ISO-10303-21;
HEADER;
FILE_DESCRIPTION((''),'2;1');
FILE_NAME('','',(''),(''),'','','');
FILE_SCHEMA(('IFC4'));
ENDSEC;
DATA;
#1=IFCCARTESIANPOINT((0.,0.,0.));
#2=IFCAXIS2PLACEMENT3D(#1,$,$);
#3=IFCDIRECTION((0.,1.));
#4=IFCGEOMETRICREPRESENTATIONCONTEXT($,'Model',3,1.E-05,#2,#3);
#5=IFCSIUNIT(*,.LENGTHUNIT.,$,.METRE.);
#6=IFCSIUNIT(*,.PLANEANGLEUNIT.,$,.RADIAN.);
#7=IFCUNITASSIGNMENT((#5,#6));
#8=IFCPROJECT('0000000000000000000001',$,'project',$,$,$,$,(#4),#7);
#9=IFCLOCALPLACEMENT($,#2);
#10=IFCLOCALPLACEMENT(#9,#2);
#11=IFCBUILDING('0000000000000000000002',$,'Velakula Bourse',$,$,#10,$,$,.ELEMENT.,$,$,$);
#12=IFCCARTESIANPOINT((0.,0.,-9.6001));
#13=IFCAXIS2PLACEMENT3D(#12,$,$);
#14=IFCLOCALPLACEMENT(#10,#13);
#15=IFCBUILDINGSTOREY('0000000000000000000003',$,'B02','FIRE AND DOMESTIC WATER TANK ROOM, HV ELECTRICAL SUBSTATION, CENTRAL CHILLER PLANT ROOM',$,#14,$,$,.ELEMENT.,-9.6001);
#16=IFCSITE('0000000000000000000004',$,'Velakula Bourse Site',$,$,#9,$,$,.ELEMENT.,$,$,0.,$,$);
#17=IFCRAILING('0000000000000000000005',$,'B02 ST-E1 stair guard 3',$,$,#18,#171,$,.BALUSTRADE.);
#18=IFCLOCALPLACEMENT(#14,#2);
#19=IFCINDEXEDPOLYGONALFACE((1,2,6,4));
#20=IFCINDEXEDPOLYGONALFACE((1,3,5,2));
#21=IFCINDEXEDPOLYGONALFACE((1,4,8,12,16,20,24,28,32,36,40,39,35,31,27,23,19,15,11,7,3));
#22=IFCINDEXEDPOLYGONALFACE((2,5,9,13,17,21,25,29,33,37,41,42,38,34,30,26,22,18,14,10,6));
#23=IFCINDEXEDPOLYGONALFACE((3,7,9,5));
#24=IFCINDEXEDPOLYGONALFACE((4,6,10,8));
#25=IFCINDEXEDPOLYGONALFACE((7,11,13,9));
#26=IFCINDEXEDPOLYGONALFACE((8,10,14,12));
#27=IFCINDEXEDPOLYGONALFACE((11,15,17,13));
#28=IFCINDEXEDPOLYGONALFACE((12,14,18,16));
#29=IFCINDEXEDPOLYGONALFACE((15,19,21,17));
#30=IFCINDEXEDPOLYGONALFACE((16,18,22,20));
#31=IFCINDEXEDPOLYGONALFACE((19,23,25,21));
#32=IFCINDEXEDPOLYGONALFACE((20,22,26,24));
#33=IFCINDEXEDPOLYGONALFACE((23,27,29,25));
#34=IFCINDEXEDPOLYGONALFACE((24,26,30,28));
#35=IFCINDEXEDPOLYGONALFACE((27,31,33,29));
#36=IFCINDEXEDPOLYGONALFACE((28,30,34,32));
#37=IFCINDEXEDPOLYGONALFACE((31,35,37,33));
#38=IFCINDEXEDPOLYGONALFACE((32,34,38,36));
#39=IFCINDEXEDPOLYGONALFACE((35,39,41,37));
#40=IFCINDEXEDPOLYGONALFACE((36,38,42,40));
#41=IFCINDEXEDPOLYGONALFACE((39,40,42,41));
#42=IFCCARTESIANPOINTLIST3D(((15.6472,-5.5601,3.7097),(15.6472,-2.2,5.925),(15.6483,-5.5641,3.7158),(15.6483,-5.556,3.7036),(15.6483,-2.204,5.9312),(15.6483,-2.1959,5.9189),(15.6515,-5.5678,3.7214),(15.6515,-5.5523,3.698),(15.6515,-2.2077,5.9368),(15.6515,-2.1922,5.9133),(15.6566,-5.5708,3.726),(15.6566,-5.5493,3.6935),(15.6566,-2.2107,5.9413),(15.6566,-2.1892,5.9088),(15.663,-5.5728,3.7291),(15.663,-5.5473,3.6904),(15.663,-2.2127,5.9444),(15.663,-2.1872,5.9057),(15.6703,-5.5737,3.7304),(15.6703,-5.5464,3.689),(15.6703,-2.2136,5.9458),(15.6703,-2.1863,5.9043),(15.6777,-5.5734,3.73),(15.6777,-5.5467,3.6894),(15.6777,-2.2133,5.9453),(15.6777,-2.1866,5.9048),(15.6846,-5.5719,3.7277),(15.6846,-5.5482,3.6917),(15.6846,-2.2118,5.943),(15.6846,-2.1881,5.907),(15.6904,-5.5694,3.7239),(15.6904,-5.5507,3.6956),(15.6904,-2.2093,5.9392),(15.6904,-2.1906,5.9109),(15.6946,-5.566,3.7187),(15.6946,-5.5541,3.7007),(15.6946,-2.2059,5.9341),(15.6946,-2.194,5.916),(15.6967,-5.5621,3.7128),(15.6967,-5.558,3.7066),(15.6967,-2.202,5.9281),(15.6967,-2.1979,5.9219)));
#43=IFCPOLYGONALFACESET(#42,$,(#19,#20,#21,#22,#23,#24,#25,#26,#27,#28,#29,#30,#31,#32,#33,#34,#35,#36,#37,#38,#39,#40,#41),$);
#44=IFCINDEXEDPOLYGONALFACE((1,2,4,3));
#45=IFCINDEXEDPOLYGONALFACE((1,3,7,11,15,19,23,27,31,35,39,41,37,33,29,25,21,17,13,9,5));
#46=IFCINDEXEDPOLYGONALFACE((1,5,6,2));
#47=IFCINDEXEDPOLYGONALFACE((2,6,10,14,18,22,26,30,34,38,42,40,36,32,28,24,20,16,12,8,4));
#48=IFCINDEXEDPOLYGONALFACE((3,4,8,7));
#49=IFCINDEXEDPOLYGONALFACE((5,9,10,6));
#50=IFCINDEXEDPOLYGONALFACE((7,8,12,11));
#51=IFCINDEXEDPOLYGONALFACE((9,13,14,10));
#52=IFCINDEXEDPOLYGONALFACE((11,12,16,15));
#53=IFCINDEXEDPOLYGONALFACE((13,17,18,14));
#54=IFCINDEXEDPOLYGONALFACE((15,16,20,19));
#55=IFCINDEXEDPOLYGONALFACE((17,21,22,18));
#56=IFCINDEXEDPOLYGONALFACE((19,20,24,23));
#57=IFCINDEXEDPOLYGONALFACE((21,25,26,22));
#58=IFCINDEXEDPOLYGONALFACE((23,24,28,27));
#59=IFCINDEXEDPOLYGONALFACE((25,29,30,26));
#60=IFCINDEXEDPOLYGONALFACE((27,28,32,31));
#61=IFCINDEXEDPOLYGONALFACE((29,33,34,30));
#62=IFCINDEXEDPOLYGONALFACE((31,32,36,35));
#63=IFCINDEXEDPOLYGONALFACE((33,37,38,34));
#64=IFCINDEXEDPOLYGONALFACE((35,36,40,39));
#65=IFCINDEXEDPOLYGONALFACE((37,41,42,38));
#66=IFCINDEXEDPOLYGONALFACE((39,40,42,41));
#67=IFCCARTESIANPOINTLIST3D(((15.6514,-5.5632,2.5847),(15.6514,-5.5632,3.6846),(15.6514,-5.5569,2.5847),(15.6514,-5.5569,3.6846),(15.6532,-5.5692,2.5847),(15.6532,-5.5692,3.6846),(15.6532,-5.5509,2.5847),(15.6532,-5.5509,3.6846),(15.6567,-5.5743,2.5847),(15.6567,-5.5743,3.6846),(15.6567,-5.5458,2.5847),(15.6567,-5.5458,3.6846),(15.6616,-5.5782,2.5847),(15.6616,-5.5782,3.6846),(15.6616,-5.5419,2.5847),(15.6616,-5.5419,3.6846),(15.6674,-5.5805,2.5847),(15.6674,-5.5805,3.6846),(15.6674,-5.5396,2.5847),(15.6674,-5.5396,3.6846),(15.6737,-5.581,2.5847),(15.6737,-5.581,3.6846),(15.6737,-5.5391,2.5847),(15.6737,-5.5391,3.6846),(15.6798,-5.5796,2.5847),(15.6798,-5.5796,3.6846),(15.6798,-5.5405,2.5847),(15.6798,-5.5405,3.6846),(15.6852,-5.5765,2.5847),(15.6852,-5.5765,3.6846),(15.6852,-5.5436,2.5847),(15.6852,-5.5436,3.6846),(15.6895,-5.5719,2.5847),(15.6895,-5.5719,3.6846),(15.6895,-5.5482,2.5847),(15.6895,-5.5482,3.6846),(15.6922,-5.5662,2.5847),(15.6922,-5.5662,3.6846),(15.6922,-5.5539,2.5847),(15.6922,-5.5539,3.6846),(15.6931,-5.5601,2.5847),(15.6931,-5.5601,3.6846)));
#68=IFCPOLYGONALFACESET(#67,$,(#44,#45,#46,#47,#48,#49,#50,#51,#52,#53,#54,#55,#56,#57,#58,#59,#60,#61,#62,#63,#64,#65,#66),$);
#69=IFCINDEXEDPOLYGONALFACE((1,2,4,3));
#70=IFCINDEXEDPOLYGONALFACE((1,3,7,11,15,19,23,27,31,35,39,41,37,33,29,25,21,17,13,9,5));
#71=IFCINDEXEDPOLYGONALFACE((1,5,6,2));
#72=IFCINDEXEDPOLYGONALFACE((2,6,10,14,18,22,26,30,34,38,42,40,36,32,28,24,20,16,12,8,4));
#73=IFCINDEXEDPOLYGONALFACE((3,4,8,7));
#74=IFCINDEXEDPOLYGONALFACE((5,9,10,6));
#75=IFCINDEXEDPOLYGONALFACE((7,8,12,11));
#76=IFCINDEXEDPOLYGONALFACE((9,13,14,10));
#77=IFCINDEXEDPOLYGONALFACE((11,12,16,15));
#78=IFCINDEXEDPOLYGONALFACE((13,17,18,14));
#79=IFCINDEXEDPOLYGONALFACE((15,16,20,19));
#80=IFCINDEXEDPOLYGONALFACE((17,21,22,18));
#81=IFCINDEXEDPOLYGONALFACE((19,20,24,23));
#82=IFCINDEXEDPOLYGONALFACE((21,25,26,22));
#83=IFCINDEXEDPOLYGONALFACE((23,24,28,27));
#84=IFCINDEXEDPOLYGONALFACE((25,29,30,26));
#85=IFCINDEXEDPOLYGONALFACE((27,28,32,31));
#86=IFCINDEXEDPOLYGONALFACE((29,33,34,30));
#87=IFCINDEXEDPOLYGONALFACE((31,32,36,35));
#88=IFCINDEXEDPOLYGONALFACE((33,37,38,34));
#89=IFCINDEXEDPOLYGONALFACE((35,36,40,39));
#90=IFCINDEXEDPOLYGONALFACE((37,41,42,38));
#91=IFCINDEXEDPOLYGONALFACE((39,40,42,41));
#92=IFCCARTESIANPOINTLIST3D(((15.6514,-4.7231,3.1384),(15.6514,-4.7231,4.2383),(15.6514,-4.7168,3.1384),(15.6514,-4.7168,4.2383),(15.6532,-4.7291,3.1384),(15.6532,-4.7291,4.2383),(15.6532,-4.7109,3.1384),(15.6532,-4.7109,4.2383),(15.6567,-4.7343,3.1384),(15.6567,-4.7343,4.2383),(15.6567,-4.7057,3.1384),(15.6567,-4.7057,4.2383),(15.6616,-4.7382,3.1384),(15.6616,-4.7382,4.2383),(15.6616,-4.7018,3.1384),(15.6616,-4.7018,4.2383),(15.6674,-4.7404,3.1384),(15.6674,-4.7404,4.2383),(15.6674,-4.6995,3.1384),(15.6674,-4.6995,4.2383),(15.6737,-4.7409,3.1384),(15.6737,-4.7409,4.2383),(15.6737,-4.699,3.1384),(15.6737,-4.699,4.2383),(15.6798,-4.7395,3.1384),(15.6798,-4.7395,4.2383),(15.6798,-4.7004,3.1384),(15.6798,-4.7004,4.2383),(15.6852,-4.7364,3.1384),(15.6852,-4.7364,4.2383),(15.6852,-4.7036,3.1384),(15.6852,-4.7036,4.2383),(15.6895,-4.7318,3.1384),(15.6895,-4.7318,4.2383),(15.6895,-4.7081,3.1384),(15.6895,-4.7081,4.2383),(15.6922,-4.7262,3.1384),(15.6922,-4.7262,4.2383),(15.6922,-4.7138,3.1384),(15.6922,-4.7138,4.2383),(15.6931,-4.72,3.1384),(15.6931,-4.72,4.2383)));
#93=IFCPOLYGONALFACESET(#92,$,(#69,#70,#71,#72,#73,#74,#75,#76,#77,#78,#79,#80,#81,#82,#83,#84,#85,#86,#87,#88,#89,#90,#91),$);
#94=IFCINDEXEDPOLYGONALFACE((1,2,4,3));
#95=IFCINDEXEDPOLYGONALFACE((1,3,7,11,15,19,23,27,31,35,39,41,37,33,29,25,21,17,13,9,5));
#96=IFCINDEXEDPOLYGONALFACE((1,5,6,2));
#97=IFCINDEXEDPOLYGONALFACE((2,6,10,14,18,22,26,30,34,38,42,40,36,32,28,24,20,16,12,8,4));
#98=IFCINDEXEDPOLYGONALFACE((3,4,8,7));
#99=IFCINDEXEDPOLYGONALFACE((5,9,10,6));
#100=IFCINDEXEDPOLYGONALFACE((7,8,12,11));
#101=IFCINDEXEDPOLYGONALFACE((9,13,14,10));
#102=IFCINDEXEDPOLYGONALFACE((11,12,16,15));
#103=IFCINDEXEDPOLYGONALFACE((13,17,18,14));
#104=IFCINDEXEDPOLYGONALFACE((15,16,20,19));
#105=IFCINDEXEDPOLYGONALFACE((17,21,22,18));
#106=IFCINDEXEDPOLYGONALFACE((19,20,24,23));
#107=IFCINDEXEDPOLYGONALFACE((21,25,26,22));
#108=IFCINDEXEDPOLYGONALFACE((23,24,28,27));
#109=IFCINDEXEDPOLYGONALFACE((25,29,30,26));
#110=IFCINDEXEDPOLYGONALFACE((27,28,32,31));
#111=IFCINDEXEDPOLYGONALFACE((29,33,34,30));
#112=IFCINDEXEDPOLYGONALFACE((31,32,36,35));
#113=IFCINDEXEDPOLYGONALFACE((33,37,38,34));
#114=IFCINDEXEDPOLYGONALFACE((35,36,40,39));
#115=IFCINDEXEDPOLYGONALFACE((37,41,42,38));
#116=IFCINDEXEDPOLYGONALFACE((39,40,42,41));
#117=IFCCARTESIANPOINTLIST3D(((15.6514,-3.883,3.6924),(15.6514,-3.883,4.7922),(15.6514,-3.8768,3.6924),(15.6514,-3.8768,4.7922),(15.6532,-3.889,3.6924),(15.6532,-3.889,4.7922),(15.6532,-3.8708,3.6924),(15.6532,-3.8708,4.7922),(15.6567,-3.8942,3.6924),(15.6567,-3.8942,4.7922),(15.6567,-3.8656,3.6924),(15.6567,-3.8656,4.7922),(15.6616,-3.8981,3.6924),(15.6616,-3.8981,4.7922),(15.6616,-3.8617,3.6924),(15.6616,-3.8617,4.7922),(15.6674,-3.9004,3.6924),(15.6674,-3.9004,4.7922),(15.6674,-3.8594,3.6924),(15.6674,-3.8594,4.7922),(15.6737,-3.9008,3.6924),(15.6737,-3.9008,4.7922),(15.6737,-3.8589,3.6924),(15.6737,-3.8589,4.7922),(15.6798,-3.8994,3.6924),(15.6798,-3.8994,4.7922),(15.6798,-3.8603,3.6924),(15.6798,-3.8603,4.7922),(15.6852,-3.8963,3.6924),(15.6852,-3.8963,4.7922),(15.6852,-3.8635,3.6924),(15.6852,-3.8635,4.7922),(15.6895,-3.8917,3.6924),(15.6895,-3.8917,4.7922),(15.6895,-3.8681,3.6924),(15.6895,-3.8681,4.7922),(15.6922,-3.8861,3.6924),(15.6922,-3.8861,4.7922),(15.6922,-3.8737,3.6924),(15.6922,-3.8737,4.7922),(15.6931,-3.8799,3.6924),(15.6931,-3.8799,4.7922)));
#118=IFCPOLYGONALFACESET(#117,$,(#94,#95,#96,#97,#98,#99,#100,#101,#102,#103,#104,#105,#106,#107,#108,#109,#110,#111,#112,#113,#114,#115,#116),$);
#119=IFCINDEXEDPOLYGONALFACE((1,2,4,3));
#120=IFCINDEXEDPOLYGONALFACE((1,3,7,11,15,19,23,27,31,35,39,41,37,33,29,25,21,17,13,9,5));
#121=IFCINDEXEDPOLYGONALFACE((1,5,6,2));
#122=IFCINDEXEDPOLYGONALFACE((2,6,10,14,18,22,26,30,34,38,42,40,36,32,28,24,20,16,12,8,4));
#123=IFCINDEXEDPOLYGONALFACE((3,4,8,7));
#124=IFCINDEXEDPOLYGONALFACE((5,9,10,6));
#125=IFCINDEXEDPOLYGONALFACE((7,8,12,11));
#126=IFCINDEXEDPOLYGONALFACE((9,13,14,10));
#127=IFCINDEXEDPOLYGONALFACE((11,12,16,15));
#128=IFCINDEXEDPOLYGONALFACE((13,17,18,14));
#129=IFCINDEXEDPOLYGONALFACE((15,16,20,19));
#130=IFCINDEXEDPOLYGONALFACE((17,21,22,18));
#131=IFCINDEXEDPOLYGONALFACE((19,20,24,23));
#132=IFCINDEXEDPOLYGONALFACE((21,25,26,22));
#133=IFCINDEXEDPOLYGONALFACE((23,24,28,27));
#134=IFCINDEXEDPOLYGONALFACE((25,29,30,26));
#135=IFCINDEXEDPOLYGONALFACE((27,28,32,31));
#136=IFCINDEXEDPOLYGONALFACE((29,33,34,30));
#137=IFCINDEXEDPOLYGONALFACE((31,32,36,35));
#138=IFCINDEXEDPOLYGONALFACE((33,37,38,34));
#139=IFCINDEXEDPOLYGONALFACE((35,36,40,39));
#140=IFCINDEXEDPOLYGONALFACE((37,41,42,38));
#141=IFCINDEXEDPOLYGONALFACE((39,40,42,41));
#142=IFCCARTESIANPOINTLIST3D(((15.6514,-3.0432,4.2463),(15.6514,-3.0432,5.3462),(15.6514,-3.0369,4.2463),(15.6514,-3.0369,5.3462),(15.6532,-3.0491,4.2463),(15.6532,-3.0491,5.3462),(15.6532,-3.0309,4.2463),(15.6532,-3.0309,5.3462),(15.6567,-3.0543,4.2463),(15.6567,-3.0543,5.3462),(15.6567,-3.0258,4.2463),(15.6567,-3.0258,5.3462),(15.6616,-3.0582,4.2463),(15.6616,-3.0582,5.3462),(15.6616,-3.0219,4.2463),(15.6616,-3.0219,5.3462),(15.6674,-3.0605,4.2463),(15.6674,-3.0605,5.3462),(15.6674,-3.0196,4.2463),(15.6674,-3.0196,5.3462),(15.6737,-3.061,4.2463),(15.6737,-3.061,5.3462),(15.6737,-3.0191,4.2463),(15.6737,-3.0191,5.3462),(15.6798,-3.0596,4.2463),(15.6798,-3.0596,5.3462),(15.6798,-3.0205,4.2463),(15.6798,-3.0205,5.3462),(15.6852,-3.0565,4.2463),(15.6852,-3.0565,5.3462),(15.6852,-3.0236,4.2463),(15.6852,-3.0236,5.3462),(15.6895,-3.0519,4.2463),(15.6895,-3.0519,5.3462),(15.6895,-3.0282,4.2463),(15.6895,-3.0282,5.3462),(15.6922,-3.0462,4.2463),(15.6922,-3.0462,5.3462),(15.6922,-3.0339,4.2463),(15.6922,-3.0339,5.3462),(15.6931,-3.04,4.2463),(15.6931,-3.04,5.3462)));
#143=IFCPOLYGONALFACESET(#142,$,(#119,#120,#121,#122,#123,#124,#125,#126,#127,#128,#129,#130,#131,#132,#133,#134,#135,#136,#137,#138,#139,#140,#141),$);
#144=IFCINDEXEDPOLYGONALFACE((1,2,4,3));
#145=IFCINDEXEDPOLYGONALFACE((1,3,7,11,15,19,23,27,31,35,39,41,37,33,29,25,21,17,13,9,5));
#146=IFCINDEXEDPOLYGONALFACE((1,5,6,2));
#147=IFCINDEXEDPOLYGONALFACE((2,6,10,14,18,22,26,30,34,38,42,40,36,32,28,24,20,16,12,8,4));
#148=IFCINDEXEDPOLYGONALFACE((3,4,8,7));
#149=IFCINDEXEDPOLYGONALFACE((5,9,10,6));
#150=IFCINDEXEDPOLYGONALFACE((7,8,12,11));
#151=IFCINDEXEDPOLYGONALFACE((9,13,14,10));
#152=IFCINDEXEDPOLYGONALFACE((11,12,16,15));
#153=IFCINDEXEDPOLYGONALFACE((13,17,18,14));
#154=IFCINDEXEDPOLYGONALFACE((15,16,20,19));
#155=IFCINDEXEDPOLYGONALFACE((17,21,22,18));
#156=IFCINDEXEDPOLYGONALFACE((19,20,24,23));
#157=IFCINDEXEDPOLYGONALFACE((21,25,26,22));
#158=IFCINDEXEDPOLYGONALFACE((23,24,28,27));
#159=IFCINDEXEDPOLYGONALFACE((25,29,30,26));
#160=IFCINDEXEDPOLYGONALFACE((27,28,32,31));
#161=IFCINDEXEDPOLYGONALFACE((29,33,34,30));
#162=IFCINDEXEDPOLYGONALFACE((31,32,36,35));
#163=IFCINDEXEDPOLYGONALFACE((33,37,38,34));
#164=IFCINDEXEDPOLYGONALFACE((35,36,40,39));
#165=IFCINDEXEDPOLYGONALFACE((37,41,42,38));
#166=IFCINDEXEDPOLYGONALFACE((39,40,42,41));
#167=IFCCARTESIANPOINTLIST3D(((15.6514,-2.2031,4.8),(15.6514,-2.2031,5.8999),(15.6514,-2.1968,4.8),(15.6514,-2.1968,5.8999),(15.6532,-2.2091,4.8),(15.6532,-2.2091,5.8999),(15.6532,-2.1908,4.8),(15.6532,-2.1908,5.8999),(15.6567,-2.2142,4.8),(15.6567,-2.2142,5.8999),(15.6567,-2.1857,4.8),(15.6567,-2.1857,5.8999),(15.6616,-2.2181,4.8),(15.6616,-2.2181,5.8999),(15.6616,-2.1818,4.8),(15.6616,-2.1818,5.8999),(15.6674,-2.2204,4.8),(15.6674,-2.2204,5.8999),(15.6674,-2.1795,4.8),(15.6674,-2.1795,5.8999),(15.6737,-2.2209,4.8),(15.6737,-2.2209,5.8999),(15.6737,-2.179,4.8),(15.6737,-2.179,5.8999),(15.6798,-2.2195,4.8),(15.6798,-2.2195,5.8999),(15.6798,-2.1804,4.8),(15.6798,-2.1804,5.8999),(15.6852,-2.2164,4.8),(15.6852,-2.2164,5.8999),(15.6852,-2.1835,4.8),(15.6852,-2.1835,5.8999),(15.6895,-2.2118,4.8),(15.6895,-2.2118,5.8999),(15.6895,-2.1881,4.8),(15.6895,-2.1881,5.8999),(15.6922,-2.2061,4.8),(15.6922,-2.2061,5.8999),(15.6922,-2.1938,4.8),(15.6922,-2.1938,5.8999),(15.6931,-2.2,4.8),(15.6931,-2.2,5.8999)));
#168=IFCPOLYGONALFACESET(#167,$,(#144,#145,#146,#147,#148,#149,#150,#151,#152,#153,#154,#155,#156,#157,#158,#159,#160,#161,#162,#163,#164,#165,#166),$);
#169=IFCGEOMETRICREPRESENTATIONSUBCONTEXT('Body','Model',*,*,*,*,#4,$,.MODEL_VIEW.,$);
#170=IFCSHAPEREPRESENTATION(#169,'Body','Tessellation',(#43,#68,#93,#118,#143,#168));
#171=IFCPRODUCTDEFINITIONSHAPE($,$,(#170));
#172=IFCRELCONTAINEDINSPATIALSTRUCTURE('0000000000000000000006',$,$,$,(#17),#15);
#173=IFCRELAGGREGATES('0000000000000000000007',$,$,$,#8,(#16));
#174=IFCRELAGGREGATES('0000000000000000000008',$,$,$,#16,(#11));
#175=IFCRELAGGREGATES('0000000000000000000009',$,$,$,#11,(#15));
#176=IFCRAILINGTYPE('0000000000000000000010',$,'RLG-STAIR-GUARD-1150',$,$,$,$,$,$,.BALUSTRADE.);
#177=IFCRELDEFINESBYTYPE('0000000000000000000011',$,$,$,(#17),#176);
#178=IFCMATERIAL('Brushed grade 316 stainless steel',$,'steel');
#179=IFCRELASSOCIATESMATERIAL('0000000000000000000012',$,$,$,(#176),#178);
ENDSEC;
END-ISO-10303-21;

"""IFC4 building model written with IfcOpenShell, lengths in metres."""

from ifc_helpers import new_model, si_unit, direction, frame, origin, origin_2d, place, context, subcontext, project, spatial, circle, extrude, material, type_object, element, save


model = new_model("IFC4")

# Units and contexts
model_context = context("Model", 3, precision=1e-05, world=origin(), true_north=direction((0.0, 1.0)))
body_context = subcontext(model_context, "Body", "Model", "MODEL_VIEW")
ifc_project = project(units=[si_unit("LENGTHUNIT", "METRE"), si_unit("PLANEANGLEUNIT", "RADIAN")], contexts=[model_context])

# Site, building, storey
site_placement = place(None, origin())
site = spatial("IfcSite", under=ifc_project, at=site_placement, Name="Velakula Bourse Site", CompositionType="ELEMENT", RefElevation=0.0)
building_placement = place(site_placement, origin())
building = spatial("IfcBuilding", under=site, at=building_placement, Name="Velakula Bourse", CompositionType="ELEMENT")
storey_placement = place(building_placement, frame((0.0, 0.0, -9.6001)))
storey = spatial("IfcBuildingStorey", under=building, at=storey_placement, Name="B02", Description="FIRE AND DOMESTIC WATER TANK ROOM, HV ELECTRICAL SUBSTATION, CENTRAL CHILLER PLANT ROOM", CompositionType="ELEMENT", Elevation=-9.6001)

# Shared definitions
ifc_material_1 = material(Name="Brushed grade 316 stainless steel", Category="steel")

# Railing
railing_type_1 = type_object("IfcRailingType", Name="RLG-STAIR-GUARD-1150", PredefinedType="BALUSTRADE", material=ifc_material_1)
railing_1_placement = place(storey_placement, frame((15.6721, -5.5601, 2.5847)))
element("IfcRailing", 1, at=railing_1_placement, inside=storey, type_object=railing_type_1, Name="B02 ST-E1 stair guard 3", PredefinedType="BALUSTRADE", context=body_context, shape_type="SweptSolid", body=[
    extrude(circle(Radius=0.0249, at=origin_2d()), frame((0.0, 0.0, 1.125), z_axis=(0.0, 0.834876, 0.550437), x_axis=(-1.0, 0.0, 0.0)), (0.0, 0.0, 1.0), 4.0247),
    extrude(circle(Radius=0.021, at=origin_2d()), origin(), (0.0, 0.0, 1.0), 1.0999),
    extrude(circle(Radius=0.021, at=origin_2d()), frame((0.0, 0.8401, 0.5537)), (0.0, 0.0, 1.0), 1.0999),
    extrude(circle(Radius=0.021, at=origin_2d()), frame((0.0, 1.6802, 1.1077)), (0.0, 0.0, 1.0), 1.0999),
    extrude(circle(Radius=0.021, at=origin_2d()), frame((0.0, 2.52, 1.6616)), (0.0, 0.0, 1.0), 1.0999),
    extrude(circle(Radius=0.021, at=origin_2d()), frame((0.0, 3.3601, 2.2153)), (0.0, 0.0, 1.0), 1.0999),
])

save(model, "model.ifc")
